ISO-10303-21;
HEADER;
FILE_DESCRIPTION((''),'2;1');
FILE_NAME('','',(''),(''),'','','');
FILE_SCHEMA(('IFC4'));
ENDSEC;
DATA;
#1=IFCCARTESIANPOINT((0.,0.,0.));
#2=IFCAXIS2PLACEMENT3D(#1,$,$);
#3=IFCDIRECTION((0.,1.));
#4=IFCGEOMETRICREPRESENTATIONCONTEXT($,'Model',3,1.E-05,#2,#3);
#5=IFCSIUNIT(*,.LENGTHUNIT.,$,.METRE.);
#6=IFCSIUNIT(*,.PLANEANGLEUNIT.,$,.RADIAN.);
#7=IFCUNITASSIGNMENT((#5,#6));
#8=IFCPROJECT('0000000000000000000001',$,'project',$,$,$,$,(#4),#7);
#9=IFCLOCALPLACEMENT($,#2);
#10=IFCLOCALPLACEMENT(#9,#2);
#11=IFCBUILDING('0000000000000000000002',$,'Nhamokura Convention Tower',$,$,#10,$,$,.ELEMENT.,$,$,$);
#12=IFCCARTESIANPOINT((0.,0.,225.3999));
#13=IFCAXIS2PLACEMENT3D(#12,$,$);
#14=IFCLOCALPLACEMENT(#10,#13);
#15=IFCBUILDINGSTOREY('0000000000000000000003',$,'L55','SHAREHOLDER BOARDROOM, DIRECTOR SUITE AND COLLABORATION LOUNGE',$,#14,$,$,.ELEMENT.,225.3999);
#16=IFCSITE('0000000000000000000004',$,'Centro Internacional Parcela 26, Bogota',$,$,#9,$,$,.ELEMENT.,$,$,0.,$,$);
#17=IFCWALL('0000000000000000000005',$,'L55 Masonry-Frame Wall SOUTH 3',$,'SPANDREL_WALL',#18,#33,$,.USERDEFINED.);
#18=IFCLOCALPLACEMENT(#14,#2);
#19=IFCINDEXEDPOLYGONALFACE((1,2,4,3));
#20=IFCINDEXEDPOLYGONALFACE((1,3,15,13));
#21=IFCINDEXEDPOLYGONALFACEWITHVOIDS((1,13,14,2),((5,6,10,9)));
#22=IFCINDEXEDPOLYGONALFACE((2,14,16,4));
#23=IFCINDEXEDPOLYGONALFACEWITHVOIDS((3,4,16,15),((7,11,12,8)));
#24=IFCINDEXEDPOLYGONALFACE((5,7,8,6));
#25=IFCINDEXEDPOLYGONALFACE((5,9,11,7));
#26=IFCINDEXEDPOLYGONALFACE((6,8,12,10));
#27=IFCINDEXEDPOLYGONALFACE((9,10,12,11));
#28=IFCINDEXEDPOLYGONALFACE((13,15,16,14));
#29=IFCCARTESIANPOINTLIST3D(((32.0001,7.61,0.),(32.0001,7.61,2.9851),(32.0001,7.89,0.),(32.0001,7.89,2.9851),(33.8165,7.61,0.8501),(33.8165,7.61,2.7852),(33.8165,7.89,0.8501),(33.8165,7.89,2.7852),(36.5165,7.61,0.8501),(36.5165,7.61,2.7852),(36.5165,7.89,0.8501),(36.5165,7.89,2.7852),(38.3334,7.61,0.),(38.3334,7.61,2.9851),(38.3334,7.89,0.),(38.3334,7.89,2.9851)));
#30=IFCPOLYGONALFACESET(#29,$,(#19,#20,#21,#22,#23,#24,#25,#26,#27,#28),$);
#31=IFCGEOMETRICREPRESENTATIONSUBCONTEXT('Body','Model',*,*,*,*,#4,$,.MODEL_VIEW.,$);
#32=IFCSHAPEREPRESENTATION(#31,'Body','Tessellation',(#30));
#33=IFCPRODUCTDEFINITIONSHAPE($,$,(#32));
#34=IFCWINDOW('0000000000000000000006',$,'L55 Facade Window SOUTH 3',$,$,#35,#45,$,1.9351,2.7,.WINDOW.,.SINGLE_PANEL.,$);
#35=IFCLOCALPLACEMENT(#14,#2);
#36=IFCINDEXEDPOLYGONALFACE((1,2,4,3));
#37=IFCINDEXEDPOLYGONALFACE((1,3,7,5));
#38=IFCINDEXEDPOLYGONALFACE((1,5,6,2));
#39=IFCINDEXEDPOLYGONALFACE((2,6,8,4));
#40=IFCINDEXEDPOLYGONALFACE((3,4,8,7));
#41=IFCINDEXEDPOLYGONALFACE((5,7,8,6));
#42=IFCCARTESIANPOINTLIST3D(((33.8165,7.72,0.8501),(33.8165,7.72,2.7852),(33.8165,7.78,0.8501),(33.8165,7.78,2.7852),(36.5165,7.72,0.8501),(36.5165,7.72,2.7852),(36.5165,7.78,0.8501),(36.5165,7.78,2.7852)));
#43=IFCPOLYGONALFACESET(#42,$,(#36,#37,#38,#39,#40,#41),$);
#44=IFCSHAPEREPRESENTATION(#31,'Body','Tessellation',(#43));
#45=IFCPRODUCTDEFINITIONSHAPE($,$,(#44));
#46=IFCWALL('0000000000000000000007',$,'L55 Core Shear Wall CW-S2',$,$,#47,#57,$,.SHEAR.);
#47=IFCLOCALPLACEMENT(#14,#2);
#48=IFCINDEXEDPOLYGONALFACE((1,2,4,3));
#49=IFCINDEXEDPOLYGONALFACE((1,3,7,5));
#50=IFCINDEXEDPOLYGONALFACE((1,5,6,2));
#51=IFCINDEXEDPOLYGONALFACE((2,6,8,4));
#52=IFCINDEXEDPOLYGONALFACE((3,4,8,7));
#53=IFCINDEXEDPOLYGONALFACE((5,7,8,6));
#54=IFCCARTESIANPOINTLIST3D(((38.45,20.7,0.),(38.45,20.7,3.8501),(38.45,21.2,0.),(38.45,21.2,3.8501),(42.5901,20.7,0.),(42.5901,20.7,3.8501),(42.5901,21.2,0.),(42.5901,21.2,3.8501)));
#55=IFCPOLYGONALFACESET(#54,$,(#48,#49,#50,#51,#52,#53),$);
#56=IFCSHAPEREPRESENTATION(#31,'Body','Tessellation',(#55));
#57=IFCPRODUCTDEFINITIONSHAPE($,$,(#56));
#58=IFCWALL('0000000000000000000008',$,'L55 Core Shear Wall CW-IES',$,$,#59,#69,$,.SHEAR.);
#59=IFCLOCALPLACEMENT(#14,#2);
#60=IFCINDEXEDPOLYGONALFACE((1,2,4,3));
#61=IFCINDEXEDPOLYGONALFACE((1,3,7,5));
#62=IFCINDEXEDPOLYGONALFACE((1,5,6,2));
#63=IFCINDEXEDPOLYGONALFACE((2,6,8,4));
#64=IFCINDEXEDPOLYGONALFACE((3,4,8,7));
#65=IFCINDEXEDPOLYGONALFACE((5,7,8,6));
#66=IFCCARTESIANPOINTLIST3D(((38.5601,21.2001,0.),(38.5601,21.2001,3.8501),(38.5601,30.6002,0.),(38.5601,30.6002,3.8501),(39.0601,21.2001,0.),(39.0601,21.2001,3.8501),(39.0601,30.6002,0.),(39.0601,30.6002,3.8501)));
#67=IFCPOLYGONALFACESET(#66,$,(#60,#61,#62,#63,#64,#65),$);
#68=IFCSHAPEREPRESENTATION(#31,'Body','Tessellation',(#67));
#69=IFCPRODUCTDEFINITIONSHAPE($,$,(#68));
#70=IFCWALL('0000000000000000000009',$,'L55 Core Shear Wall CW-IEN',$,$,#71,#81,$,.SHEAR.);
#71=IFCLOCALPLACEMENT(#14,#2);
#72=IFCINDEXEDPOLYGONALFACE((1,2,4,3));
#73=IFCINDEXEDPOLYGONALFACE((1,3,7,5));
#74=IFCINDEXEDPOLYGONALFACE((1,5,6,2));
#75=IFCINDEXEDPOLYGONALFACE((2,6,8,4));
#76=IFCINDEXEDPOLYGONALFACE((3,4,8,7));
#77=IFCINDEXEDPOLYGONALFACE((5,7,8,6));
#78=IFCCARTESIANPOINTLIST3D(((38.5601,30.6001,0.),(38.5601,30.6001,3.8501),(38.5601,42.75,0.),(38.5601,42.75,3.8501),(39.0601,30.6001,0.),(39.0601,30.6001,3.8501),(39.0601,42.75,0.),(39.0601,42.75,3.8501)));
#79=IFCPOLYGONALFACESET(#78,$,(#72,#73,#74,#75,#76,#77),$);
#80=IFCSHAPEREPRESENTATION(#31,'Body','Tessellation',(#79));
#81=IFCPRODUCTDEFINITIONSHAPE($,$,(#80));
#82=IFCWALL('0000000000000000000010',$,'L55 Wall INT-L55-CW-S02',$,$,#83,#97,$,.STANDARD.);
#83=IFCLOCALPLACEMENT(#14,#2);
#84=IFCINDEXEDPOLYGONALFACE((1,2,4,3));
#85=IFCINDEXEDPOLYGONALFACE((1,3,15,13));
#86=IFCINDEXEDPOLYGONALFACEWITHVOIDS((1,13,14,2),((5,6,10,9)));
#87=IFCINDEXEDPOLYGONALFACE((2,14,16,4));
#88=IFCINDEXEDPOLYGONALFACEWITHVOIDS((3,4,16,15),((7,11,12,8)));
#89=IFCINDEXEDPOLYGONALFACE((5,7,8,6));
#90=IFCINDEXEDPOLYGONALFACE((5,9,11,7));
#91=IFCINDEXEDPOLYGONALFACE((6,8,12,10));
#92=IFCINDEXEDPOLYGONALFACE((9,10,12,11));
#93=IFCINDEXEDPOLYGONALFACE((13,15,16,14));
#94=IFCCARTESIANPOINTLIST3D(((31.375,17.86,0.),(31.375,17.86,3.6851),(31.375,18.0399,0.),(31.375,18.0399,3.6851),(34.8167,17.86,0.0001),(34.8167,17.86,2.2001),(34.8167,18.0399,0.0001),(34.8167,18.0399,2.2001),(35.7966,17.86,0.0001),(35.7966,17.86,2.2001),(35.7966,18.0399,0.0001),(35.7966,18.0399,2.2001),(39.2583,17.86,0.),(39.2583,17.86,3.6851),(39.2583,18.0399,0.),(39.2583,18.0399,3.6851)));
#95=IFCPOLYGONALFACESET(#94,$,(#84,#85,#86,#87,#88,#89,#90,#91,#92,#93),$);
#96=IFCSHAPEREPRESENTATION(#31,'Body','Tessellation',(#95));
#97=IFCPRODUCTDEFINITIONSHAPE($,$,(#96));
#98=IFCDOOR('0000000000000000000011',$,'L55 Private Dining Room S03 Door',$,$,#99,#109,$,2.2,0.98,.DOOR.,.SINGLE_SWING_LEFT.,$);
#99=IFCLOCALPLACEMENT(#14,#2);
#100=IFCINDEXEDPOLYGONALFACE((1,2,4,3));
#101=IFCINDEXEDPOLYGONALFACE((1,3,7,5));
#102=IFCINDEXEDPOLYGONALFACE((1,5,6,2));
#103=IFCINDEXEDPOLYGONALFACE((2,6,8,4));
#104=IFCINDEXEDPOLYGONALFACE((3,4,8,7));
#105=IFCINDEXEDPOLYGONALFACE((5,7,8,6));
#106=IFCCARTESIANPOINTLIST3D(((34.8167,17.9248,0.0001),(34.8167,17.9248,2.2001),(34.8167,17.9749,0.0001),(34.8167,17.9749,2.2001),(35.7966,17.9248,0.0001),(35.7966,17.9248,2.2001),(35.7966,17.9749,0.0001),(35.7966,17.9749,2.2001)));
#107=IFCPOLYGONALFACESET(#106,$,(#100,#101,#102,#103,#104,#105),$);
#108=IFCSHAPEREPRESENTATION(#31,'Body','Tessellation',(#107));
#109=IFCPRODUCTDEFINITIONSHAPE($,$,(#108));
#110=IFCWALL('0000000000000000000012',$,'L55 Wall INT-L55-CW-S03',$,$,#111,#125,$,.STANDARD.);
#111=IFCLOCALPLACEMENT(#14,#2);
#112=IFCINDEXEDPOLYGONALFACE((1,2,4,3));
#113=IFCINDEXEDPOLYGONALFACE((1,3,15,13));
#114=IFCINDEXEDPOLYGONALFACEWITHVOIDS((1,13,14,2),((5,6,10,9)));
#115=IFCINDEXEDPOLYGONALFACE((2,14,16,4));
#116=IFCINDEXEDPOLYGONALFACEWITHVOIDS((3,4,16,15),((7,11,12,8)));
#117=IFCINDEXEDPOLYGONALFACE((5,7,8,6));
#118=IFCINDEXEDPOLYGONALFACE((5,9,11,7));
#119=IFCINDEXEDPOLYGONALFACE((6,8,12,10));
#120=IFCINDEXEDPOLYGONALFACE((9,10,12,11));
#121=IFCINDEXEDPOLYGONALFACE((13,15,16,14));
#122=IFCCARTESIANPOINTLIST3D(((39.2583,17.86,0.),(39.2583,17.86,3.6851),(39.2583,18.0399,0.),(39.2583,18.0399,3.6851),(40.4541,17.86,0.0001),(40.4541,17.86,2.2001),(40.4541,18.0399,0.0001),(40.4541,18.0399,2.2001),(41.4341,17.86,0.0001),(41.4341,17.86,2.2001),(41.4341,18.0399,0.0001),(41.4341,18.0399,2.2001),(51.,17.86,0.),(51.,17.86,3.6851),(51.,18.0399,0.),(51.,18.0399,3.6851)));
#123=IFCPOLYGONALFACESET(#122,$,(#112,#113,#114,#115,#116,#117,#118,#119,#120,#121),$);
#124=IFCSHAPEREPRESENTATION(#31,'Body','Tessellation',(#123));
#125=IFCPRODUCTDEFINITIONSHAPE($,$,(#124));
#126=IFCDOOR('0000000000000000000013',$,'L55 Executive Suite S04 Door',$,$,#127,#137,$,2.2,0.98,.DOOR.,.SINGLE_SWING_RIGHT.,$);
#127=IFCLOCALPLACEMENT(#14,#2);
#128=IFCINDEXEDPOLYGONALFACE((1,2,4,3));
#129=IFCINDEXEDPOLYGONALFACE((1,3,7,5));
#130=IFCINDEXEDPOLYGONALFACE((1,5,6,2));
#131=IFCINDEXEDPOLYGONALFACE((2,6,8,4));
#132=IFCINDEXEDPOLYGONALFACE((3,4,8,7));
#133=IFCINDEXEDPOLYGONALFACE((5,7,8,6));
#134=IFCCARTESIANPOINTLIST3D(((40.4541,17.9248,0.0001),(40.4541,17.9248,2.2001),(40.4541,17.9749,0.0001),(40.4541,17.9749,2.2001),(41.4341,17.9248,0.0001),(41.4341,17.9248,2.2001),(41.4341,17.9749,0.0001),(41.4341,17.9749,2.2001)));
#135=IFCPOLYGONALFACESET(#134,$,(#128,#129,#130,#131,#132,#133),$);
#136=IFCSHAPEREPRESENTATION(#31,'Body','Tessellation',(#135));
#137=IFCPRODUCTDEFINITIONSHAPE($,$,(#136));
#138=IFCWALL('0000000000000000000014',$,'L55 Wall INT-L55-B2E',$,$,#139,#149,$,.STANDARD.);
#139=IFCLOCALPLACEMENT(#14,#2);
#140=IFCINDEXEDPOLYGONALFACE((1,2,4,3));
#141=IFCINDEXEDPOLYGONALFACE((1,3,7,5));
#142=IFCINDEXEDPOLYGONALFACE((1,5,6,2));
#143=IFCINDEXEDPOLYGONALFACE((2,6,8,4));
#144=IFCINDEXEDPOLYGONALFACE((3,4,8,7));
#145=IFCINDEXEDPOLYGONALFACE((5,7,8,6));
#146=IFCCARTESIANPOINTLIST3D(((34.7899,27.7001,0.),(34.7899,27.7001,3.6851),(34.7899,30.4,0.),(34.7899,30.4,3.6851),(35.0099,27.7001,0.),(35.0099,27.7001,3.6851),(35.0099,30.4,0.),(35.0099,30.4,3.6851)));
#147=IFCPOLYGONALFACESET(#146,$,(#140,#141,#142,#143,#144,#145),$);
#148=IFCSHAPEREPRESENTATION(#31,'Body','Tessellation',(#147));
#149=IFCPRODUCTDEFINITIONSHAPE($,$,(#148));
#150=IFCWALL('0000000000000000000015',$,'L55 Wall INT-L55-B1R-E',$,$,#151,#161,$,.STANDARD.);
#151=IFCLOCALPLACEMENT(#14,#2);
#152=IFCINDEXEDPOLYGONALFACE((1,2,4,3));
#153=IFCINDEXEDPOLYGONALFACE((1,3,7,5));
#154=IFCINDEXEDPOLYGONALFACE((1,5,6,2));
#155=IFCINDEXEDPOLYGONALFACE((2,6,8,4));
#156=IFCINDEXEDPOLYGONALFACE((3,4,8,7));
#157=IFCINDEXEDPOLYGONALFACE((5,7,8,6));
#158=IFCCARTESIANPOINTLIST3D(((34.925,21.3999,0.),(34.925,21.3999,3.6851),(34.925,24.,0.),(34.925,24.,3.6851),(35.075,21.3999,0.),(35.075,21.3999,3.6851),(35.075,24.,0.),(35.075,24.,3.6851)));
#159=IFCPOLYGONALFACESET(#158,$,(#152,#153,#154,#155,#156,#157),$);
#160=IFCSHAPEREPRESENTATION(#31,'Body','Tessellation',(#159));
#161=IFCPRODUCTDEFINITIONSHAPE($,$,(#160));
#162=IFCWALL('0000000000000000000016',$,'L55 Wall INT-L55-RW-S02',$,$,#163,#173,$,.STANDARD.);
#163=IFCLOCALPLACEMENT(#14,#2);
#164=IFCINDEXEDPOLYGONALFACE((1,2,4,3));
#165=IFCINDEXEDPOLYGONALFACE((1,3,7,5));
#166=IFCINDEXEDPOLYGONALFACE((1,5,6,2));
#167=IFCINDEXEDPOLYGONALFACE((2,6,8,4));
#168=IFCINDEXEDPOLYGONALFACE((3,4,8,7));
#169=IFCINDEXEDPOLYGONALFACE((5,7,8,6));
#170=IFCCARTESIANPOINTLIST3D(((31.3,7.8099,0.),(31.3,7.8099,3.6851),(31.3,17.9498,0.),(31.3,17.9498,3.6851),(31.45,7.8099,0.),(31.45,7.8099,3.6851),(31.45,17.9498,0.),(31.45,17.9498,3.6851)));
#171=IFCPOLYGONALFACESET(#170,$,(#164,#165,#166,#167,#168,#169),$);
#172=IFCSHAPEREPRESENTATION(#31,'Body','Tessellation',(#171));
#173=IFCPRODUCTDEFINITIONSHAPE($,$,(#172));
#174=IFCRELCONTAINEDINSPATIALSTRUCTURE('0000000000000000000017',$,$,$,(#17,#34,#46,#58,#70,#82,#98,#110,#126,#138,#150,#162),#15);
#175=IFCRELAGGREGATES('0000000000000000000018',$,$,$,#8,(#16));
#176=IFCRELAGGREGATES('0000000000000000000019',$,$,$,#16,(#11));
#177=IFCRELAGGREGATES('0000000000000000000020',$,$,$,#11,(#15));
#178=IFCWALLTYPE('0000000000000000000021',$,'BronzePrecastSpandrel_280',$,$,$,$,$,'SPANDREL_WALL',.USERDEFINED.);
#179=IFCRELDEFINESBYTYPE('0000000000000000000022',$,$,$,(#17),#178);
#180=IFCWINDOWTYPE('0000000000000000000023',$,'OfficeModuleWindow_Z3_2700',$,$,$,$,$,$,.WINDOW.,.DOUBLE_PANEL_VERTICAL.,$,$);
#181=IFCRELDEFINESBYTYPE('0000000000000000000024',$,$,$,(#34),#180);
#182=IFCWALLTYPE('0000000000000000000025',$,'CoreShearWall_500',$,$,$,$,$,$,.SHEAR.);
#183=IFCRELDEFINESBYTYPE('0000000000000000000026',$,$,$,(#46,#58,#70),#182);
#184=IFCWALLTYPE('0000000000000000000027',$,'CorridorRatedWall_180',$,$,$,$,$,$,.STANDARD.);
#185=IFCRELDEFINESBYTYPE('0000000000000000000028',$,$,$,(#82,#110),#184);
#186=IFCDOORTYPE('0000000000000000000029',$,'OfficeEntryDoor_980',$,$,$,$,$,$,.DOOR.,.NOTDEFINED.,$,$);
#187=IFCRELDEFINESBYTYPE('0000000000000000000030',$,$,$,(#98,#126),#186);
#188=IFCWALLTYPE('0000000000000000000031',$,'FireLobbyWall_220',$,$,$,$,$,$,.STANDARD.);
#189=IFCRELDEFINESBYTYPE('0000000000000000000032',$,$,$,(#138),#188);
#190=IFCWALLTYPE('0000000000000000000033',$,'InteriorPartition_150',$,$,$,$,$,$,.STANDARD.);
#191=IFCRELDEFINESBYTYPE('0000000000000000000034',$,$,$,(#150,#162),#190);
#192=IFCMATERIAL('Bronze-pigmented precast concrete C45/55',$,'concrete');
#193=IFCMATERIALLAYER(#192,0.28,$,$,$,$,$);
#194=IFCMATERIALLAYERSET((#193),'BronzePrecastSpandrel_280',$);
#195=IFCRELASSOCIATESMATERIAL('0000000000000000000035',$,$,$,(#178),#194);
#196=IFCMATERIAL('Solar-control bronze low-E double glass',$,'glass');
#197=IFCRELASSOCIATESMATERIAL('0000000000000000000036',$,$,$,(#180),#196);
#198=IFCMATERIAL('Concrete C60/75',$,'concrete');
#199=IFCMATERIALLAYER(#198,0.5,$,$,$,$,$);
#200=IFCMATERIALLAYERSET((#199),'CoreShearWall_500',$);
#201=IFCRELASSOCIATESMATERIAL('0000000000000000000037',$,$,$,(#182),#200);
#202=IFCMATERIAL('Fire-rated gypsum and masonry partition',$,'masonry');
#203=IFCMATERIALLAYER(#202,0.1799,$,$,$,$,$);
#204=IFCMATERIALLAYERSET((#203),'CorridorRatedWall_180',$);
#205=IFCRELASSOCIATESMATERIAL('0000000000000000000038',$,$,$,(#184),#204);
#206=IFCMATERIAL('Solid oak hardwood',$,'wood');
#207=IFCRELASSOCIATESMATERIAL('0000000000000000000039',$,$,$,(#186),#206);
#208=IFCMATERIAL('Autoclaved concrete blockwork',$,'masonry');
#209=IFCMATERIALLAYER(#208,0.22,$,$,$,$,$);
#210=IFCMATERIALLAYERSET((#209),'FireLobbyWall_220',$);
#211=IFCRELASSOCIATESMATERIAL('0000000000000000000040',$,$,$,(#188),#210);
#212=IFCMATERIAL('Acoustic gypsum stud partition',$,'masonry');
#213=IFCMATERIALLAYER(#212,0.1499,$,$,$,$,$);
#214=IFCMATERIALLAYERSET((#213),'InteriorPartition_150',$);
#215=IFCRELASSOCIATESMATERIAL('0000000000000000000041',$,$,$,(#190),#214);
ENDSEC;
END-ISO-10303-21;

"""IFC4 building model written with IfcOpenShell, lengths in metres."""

from ifc_helpers import new_model, si_unit, direction, frame, frame_2d, origin, place, context, subcontext, project, spatial, rectangle, extrude, material, layer, layer_set, type_object, element, fill, save


model = new_model("IFC4")

# Units and contexts
model_context = context("Model", 3, precision=1e-05, world=origin(), true_north=direction((0.0, 1.0)))
body_context = subcontext(model_context, "Body", "Model", "MODEL_VIEW")
ifc_project = project(units=[si_unit("LENGTHUNIT", "METRE"), si_unit("PLANEANGLEUNIT", "RADIAN")], contexts=[model_context])

# Site, building, storey
site_placement = place(None, origin())
site = spatial("IfcSite", under=ifc_project, at=site_placement, Name="Centro Internacional Parcela 26, Bogota", CompositionType="ELEMENT", RefElevation=0.0)
building_placement = place(site_placement, origin())
building = spatial("IfcBuilding", under=site, at=building_placement, Name="Nhamokura Convention Tower", CompositionType="ELEMENT")
storey_placement = place(building_placement, frame((0.0, 0.0, 225.3999)))
storey = spatial("IfcBuildingStorey", under=building, at=storey_placement, Name="L55", Description="SHAREHOLDER BOARDROOM, DIRECTOR SUITE AND COLLABORATION LOUNGE", CompositionType="ELEMENT", Elevation=225.3999)

# Wall, opening, window
ifc_material_1 = material(Name="Bronze-pigmented precast concrete C45/55", Category="concrete")
ifc_layer_1 = layer(ifc_material_1, 0.28)
ifc_layer_set_1 = layer_set([ifc_layer_1], Name="BronzePrecastSpandrel_280")
wall_type_1 = type_object("IfcWallType", Name="BronzePrecastSpandrel_280", ElementType="SPANDREL_WALL", PredefinedType="USERDEFINED", material=ifc_layer_set_1)
ifc_material_2 = material(Name="Solar-control bronze low-E double glass", Category="glass")
window_type = type_object("IfcWindowType", Name="OfficeModuleWindow_Z3_2700", PartitioningType="DOUBLE_PANEL_VERTICAL", PredefinedType="WINDOW", material=ifc_material_2)
wall_1_placement = place(storey_placement, frame((38.3333, 7.75, 0.0), z_axis=(0.0, 0.0, 1.0), x_axis=(-1.0, 0.0, 0.0)))
wall_1 = element("IfcWall", 1, at=wall_1_placement, inside=storey, type_object=wall_type_1, Name="L55 Masonry-Frame Wall SOUTH 3", ObjectType="SPANDREL_WALL", PredefinedType="USERDEFINED", context=body_context, shape_type="SweptSolid", body=[
    extrude(rectangle(XDim=6.3333, YDim=0.28, at=frame_2d((3.1665, 0.0))), origin(), (0.0, 0.0, 1.0), 2.9851),
])
opening_1_placement = place(wall_1_placement, frame((1.8167, 0.0, 0.8501)))
opening_1 = element("IfcOpeningElement", 2, at=opening_1_placement, cuts=wall_1, PredefinedType="OPENING", context=body_context, shape_type="SweptSolid", body=[
    extrude(rectangle(XDim=2.7, YDim=1.9351, at=frame_2d((1.3501, 0.9675))), frame((0.0, 0.1499, 0.0), z_axis=(0.0, -1.0, 0.0), x_axis=(1.0, 0.0, 0.0)), (0.0, 0.0, 1.0), 0.3),
])
window_1_placement = place(opening_1_placement, origin())
window_1 = element("IfcWindow", 3, at=window_1_placement, inside=storey, type_object=window_type, Name="L55 Facade Window SOUTH 3", OverallHeight=1.9351, OverallWidth=2.7, PartitioningType="SINGLE_PANEL", PredefinedType="WINDOW", context=body_context, shape_type="SweptSolid", body=[
    extrude(rectangle(XDim=2.7, YDim=1.9351, at=frame_2d((1.3501, 0.9675))), frame((0.0, 0.03, 0.0), z_axis=(0.0, -1.0, 0.0), x_axis=(1.0, 0.0, 0.0)), (0.0, 0.0, 1.0), 0.0601),
])
fill(opening_1, window_1)

# Walls
ifc_material_3 = material(Name="Concrete C60/75", Category="concrete")
ifc_layer_2 = layer(ifc_material_3, 0.5)
ifc_layer_set_2 = layer_set([ifc_layer_2], Name="CoreShearWall_500")
wall_type_2 = type_object("IfcWallType", Name="CoreShearWall_500", PredefinedType="SHEAR", material=ifc_layer_set_2)
wall_2_placement = place(storey_placement, frame((38.45, 20.95, 0.0), z_axis=(0.0, 0.0, 1.0), x_axis=(1.0, 0.0, 0.0)))
element("IfcWall", 4, at=wall_2_placement, inside=storey, type_object=wall_type_2, Name="L55 Core Shear Wall CW-S2", PredefinedType="SHEAR", context=body_context, shape_type="SweptSolid", body=[
    extrude(rectangle(XDim=4.1401, YDim=0.5, at=frame_2d((2.0701, 0.0))), origin(), (0.0, 0.0, 1.0), 3.8501),
])
wall_3_placement = place(storey_placement, frame((38.8101, 21.2, 0.0), z_axis=(0.0, 0.0, 1.0), x_axis=(0.0, 1.0, 0.0)))
element("IfcWall", 5, at=wall_3_placement, inside=storey, type_object=wall_type_2, Name="L55 Core Shear Wall CW-IES", PredefinedType="SHEAR", context=body_context, shape_type="SweptSolid", body=[
    extrude(rectangle(XDim=9.4001, YDim=0.5, at=frame_2d((4.7002, 0.0))), origin(), (0.0, 0.0, 1.0), 3.8501),
])
wall_4_placement = place(storey_placement, frame((38.8101, 30.6001, 0.0), z_axis=(0.0, 0.0, 1.0), x_axis=(0.0, 1.0, 0.0)))
element("IfcWall", 6, at=wall_4_placement, inside=storey, type_object=wall_type_2, Name="L55 Core Shear Wall CW-IEN", PredefinedType="SHEAR", context=body_context, shape_type="SweptSolid", body=[
    extrude(rectangle(XDim=12.1499, YDim=0.5, at=frame_2d((6.075, 0.0))), origin(), (0.0, 0.0, 1.0), 3.8501),
])

# Walls, openings, doors
ifc_material_4 = material(Name="Fire-rated gypsum and masonry partition", Category="masonry")
ifc_layer_3 = layer(ifc_material_4, 0.1799)
ifc_layer_set_3 = layer_set([ifc_layer_3], Name="CorridorRatedWall_180")
wall_type_3 = type_object("IfcWallType", Name="CorridorRatedWall_180", PredefinedType="STANDARD", material=ifc_layer_set_3)
wall_5_placement = place(storey_placement, frame((31.375, 17.95, 0.0), z_axis=(0.0, 0.0, 1.0), x_axis=(1.0, 0.0, 0.0)))
wall_5 = element("IfcWall", 7, at=wall_5_placement, inside=storey, type_object=wall_type_3, Name="L55 Wall INT-L55-CW-S02", PredefinedType="STANDARD", context=body_context, shape_type="SweptSolid", body=[
    extrude(rectangle(XDim=7.8833, YDim=0.1799, at=frame_2d((3.9417, 0.0))), origin(), (0.0, 0.0, 1.0), 3.6851),
])
opening_2_placement = place(wall_5_placement, frame((3.4417, 0.0, 0.0)))
opening_2 = element("IfcOpeningElement", 8, at=opening_2_placement, cuts=wall_5, PredefinedType="OPENING", context=body_context, shape_type="SweptSolid", body=[
    extrude(rectangle(XDim=0.98, YDim=2.2, at=frame_2d((0.49, 1.1001))), frame((0.0, 0.0999, 0.0), z_axis=(0.0, -1.0, 0.0), x_axis=(1.0, 0.0, 0.0)), (0.0, 0.0, 1.0), 0.2),
])
ifc_material_5 = material(Name="Solid oak hardwood", Category="wood")
door_type_1 = type_object("IfcDoorType", Name="OfficeEntryDoor_980", OperationType="NOTDEFINED", PredefinedType="DOOR", material=ifc_material_5)
door_1_placement = place(opening_2_placement, origin())
door_1 = element("IfcDoor", 9, at=door_1_placement, inside=storey, type_object=door_type_1, Name="L55 Private Dining Room S03 Door", OperationType="SINGLE_SWING_LEFT", OverallHeight=2.2, OverallWidth=0.98, PredefinedType="DOOR", context=body_context, shape_type="SweptSolid", body=[
    extrude(rectangle(XDim=0.98, YDim=2.2, at=frame_2d((0.49, 1.1001))), frame((0.0, 0.0249, 0.0), z_axis=(0.0, -1.0, 0.0), x_axis=(1.0, 0.0, 0.0)), (0.0, 0.0, 1.0), 0.05),
])
fill(opening_2, door_1)
wall_6_placement = place(storey_placement, frame((39.2583, 17.95, 0.0), z_axis=(0.0, 0.0, 1.0), x_axis=(1.0, 0.0, 0.0)))
wall_6 = element("IfcWall", 10, at=wall_6_placement, inside=storey, type_object=wall_type_3, Name="L55 Wall INT-L55-CW-S03", PredefinedType="STANDARD", context=body_context, shape_type="SweptSolid", body=[
    extrude(rectangle(XDim=11.7417, YDim=0.1799, at=frame_2d((5.8708, 0.0))), origin(), (0.0, 0.0, 1.0), 3.6851),
])
opening_3_placement = place(wall_6_placement, frame((1.1958, 0.0, 0.0)))
opening_3 = element("IfcOpeningElement", 11, at=opening_3_placement, cuts=wall_6, PredefinedType="OPENING", context=body_context, shape_type="SweptSolid", body=[
    extrude(rectangle(XDim=0.98, YDim=2.2, at=frame_2d((0.49, 1.1001))), frame((0.0, 0.0999, 0.0), z_axis=(0.0, -1.0, 0.0), x_axis=(1.0, 0.0, 0.0)), (0.0, 0.0, 1.0), 0.2),
])
door_2_placement = place(opening_3_placement, origin())
door_2 = element("IfcDoor", 12, at=door_2_placement, inside=storey, type_object=door_type_1, Name="L55 Executive Suite S04 Door", OperationType="SINGLE_SWING_RIGHT", OverallHeight=2.2, OverallWidth=0.98, PredefinedType="DOOR", context=body_context, shape_type="SweptSolid", body=[
    extrude(rectangle(XDim=0.98, YDim=2.2, at=frame_2d((0.49, 1.1001))), frame((0.0, 0.0249, 0.0), z_axis=(0.0, -1.0, 0.0), x_axis=(1.0, 0.0, 0.0)), (0.0, 0.0, 1.0), 0.05),
])
fill(opening_3, door_2)
ifc_material_6 = material(Name="Autoclaved concrete blockwork", Category="masonry")
ifc_layer_4 = layer(ifc_material_6, 0.22)
ifc_layer_set_4 = layer_set([ifc_layer_4], Name="FireLobbyWall_220")
wall_type_4 = type_object("IfcWallType", Name="FireLobbyWall_220", PredefinedType="STANDARD", material=ifc_layer_set_4)

# Walls
wall_7_placement = place(storey_placement, frame((34.8999, 27.7, 0.0), z_axis=(0.0, 0.0, 1.0), x_axis=(0.0, 1.0, 0.0)))
element("IfcWall", 13, at=wall_7_placement, inside=storey, type_object=wall_type_4, Name="L55 Wall INT-L55-B2E", PredefinedType="STANDARD", context=body_context, shape_type="SweptSolid", body=[
    extrude(rectangle(XDim=2.7, YDim=0.22, at=frame_2d((1.3501, 0.0))), origin(), (0.0, 0.0, 1.0), 3.6851),
])
ifc_material_7 = material(Name="Acoustic gypsum stud partition", Category="masonry")
ifc_layer_5 = layer(ifc_material_7, 0.1499)
ifc_layer_set_5 = layer_set([ifc_layer_5], Name="InteriorPartition_150")
wall_type_5 = type_object("IfcWallType", Name="InteriorPartition_150", PredefinedType="STANDARD", material=ifc_layer_set_5)
wall_8_placement = place(storey_placement, frame((35.0, 21.3999, 0.0), z_axis=(0.0, 0.0, 1.0), x_axis=(0.0, 1.0, 0.0)))
element("IfcWall", 14, at=wall_8_placement, inside=storey, type_object=wall_type_5, Name="L55 Wall INT-L55-B1R-E", PredefinedType="STANDARD", context=body_context, shape_type="SweptSolid", body=[
    extrude(rectangle(XDim=2.6001, YDim=0.1499, at=frame_2d((1.3, 0.0))), origin(), (0.0, 0.0, 1.0), 3.6851),
])
for number, where, z_axis, x_axis, name in (
    (15, (31.375, 7.8101, 0.0), (0.0, 0.0, 1.0), (0.0, 1.0, 0.0), "L55 Wall INT-L55-RW-S02"),
):
    element("IfcWall", number, at=place(storey_placement, frame(where, z_axis=z_axis, x_axis=x_axis)), inside=storey, type_object=wall_type_5, Name=name, PredefinedType="STANDARD", context=body_context, shape_type="SweptSolid", body=[
        extrude(rectangle(XDim=10.1399, YDim=0.1499, at=frame_2d((5.0698, 0.0))), origin(), (0.0, 0.0, 1.0), 3.6851),
    ])

save(model, "model.ifc")
